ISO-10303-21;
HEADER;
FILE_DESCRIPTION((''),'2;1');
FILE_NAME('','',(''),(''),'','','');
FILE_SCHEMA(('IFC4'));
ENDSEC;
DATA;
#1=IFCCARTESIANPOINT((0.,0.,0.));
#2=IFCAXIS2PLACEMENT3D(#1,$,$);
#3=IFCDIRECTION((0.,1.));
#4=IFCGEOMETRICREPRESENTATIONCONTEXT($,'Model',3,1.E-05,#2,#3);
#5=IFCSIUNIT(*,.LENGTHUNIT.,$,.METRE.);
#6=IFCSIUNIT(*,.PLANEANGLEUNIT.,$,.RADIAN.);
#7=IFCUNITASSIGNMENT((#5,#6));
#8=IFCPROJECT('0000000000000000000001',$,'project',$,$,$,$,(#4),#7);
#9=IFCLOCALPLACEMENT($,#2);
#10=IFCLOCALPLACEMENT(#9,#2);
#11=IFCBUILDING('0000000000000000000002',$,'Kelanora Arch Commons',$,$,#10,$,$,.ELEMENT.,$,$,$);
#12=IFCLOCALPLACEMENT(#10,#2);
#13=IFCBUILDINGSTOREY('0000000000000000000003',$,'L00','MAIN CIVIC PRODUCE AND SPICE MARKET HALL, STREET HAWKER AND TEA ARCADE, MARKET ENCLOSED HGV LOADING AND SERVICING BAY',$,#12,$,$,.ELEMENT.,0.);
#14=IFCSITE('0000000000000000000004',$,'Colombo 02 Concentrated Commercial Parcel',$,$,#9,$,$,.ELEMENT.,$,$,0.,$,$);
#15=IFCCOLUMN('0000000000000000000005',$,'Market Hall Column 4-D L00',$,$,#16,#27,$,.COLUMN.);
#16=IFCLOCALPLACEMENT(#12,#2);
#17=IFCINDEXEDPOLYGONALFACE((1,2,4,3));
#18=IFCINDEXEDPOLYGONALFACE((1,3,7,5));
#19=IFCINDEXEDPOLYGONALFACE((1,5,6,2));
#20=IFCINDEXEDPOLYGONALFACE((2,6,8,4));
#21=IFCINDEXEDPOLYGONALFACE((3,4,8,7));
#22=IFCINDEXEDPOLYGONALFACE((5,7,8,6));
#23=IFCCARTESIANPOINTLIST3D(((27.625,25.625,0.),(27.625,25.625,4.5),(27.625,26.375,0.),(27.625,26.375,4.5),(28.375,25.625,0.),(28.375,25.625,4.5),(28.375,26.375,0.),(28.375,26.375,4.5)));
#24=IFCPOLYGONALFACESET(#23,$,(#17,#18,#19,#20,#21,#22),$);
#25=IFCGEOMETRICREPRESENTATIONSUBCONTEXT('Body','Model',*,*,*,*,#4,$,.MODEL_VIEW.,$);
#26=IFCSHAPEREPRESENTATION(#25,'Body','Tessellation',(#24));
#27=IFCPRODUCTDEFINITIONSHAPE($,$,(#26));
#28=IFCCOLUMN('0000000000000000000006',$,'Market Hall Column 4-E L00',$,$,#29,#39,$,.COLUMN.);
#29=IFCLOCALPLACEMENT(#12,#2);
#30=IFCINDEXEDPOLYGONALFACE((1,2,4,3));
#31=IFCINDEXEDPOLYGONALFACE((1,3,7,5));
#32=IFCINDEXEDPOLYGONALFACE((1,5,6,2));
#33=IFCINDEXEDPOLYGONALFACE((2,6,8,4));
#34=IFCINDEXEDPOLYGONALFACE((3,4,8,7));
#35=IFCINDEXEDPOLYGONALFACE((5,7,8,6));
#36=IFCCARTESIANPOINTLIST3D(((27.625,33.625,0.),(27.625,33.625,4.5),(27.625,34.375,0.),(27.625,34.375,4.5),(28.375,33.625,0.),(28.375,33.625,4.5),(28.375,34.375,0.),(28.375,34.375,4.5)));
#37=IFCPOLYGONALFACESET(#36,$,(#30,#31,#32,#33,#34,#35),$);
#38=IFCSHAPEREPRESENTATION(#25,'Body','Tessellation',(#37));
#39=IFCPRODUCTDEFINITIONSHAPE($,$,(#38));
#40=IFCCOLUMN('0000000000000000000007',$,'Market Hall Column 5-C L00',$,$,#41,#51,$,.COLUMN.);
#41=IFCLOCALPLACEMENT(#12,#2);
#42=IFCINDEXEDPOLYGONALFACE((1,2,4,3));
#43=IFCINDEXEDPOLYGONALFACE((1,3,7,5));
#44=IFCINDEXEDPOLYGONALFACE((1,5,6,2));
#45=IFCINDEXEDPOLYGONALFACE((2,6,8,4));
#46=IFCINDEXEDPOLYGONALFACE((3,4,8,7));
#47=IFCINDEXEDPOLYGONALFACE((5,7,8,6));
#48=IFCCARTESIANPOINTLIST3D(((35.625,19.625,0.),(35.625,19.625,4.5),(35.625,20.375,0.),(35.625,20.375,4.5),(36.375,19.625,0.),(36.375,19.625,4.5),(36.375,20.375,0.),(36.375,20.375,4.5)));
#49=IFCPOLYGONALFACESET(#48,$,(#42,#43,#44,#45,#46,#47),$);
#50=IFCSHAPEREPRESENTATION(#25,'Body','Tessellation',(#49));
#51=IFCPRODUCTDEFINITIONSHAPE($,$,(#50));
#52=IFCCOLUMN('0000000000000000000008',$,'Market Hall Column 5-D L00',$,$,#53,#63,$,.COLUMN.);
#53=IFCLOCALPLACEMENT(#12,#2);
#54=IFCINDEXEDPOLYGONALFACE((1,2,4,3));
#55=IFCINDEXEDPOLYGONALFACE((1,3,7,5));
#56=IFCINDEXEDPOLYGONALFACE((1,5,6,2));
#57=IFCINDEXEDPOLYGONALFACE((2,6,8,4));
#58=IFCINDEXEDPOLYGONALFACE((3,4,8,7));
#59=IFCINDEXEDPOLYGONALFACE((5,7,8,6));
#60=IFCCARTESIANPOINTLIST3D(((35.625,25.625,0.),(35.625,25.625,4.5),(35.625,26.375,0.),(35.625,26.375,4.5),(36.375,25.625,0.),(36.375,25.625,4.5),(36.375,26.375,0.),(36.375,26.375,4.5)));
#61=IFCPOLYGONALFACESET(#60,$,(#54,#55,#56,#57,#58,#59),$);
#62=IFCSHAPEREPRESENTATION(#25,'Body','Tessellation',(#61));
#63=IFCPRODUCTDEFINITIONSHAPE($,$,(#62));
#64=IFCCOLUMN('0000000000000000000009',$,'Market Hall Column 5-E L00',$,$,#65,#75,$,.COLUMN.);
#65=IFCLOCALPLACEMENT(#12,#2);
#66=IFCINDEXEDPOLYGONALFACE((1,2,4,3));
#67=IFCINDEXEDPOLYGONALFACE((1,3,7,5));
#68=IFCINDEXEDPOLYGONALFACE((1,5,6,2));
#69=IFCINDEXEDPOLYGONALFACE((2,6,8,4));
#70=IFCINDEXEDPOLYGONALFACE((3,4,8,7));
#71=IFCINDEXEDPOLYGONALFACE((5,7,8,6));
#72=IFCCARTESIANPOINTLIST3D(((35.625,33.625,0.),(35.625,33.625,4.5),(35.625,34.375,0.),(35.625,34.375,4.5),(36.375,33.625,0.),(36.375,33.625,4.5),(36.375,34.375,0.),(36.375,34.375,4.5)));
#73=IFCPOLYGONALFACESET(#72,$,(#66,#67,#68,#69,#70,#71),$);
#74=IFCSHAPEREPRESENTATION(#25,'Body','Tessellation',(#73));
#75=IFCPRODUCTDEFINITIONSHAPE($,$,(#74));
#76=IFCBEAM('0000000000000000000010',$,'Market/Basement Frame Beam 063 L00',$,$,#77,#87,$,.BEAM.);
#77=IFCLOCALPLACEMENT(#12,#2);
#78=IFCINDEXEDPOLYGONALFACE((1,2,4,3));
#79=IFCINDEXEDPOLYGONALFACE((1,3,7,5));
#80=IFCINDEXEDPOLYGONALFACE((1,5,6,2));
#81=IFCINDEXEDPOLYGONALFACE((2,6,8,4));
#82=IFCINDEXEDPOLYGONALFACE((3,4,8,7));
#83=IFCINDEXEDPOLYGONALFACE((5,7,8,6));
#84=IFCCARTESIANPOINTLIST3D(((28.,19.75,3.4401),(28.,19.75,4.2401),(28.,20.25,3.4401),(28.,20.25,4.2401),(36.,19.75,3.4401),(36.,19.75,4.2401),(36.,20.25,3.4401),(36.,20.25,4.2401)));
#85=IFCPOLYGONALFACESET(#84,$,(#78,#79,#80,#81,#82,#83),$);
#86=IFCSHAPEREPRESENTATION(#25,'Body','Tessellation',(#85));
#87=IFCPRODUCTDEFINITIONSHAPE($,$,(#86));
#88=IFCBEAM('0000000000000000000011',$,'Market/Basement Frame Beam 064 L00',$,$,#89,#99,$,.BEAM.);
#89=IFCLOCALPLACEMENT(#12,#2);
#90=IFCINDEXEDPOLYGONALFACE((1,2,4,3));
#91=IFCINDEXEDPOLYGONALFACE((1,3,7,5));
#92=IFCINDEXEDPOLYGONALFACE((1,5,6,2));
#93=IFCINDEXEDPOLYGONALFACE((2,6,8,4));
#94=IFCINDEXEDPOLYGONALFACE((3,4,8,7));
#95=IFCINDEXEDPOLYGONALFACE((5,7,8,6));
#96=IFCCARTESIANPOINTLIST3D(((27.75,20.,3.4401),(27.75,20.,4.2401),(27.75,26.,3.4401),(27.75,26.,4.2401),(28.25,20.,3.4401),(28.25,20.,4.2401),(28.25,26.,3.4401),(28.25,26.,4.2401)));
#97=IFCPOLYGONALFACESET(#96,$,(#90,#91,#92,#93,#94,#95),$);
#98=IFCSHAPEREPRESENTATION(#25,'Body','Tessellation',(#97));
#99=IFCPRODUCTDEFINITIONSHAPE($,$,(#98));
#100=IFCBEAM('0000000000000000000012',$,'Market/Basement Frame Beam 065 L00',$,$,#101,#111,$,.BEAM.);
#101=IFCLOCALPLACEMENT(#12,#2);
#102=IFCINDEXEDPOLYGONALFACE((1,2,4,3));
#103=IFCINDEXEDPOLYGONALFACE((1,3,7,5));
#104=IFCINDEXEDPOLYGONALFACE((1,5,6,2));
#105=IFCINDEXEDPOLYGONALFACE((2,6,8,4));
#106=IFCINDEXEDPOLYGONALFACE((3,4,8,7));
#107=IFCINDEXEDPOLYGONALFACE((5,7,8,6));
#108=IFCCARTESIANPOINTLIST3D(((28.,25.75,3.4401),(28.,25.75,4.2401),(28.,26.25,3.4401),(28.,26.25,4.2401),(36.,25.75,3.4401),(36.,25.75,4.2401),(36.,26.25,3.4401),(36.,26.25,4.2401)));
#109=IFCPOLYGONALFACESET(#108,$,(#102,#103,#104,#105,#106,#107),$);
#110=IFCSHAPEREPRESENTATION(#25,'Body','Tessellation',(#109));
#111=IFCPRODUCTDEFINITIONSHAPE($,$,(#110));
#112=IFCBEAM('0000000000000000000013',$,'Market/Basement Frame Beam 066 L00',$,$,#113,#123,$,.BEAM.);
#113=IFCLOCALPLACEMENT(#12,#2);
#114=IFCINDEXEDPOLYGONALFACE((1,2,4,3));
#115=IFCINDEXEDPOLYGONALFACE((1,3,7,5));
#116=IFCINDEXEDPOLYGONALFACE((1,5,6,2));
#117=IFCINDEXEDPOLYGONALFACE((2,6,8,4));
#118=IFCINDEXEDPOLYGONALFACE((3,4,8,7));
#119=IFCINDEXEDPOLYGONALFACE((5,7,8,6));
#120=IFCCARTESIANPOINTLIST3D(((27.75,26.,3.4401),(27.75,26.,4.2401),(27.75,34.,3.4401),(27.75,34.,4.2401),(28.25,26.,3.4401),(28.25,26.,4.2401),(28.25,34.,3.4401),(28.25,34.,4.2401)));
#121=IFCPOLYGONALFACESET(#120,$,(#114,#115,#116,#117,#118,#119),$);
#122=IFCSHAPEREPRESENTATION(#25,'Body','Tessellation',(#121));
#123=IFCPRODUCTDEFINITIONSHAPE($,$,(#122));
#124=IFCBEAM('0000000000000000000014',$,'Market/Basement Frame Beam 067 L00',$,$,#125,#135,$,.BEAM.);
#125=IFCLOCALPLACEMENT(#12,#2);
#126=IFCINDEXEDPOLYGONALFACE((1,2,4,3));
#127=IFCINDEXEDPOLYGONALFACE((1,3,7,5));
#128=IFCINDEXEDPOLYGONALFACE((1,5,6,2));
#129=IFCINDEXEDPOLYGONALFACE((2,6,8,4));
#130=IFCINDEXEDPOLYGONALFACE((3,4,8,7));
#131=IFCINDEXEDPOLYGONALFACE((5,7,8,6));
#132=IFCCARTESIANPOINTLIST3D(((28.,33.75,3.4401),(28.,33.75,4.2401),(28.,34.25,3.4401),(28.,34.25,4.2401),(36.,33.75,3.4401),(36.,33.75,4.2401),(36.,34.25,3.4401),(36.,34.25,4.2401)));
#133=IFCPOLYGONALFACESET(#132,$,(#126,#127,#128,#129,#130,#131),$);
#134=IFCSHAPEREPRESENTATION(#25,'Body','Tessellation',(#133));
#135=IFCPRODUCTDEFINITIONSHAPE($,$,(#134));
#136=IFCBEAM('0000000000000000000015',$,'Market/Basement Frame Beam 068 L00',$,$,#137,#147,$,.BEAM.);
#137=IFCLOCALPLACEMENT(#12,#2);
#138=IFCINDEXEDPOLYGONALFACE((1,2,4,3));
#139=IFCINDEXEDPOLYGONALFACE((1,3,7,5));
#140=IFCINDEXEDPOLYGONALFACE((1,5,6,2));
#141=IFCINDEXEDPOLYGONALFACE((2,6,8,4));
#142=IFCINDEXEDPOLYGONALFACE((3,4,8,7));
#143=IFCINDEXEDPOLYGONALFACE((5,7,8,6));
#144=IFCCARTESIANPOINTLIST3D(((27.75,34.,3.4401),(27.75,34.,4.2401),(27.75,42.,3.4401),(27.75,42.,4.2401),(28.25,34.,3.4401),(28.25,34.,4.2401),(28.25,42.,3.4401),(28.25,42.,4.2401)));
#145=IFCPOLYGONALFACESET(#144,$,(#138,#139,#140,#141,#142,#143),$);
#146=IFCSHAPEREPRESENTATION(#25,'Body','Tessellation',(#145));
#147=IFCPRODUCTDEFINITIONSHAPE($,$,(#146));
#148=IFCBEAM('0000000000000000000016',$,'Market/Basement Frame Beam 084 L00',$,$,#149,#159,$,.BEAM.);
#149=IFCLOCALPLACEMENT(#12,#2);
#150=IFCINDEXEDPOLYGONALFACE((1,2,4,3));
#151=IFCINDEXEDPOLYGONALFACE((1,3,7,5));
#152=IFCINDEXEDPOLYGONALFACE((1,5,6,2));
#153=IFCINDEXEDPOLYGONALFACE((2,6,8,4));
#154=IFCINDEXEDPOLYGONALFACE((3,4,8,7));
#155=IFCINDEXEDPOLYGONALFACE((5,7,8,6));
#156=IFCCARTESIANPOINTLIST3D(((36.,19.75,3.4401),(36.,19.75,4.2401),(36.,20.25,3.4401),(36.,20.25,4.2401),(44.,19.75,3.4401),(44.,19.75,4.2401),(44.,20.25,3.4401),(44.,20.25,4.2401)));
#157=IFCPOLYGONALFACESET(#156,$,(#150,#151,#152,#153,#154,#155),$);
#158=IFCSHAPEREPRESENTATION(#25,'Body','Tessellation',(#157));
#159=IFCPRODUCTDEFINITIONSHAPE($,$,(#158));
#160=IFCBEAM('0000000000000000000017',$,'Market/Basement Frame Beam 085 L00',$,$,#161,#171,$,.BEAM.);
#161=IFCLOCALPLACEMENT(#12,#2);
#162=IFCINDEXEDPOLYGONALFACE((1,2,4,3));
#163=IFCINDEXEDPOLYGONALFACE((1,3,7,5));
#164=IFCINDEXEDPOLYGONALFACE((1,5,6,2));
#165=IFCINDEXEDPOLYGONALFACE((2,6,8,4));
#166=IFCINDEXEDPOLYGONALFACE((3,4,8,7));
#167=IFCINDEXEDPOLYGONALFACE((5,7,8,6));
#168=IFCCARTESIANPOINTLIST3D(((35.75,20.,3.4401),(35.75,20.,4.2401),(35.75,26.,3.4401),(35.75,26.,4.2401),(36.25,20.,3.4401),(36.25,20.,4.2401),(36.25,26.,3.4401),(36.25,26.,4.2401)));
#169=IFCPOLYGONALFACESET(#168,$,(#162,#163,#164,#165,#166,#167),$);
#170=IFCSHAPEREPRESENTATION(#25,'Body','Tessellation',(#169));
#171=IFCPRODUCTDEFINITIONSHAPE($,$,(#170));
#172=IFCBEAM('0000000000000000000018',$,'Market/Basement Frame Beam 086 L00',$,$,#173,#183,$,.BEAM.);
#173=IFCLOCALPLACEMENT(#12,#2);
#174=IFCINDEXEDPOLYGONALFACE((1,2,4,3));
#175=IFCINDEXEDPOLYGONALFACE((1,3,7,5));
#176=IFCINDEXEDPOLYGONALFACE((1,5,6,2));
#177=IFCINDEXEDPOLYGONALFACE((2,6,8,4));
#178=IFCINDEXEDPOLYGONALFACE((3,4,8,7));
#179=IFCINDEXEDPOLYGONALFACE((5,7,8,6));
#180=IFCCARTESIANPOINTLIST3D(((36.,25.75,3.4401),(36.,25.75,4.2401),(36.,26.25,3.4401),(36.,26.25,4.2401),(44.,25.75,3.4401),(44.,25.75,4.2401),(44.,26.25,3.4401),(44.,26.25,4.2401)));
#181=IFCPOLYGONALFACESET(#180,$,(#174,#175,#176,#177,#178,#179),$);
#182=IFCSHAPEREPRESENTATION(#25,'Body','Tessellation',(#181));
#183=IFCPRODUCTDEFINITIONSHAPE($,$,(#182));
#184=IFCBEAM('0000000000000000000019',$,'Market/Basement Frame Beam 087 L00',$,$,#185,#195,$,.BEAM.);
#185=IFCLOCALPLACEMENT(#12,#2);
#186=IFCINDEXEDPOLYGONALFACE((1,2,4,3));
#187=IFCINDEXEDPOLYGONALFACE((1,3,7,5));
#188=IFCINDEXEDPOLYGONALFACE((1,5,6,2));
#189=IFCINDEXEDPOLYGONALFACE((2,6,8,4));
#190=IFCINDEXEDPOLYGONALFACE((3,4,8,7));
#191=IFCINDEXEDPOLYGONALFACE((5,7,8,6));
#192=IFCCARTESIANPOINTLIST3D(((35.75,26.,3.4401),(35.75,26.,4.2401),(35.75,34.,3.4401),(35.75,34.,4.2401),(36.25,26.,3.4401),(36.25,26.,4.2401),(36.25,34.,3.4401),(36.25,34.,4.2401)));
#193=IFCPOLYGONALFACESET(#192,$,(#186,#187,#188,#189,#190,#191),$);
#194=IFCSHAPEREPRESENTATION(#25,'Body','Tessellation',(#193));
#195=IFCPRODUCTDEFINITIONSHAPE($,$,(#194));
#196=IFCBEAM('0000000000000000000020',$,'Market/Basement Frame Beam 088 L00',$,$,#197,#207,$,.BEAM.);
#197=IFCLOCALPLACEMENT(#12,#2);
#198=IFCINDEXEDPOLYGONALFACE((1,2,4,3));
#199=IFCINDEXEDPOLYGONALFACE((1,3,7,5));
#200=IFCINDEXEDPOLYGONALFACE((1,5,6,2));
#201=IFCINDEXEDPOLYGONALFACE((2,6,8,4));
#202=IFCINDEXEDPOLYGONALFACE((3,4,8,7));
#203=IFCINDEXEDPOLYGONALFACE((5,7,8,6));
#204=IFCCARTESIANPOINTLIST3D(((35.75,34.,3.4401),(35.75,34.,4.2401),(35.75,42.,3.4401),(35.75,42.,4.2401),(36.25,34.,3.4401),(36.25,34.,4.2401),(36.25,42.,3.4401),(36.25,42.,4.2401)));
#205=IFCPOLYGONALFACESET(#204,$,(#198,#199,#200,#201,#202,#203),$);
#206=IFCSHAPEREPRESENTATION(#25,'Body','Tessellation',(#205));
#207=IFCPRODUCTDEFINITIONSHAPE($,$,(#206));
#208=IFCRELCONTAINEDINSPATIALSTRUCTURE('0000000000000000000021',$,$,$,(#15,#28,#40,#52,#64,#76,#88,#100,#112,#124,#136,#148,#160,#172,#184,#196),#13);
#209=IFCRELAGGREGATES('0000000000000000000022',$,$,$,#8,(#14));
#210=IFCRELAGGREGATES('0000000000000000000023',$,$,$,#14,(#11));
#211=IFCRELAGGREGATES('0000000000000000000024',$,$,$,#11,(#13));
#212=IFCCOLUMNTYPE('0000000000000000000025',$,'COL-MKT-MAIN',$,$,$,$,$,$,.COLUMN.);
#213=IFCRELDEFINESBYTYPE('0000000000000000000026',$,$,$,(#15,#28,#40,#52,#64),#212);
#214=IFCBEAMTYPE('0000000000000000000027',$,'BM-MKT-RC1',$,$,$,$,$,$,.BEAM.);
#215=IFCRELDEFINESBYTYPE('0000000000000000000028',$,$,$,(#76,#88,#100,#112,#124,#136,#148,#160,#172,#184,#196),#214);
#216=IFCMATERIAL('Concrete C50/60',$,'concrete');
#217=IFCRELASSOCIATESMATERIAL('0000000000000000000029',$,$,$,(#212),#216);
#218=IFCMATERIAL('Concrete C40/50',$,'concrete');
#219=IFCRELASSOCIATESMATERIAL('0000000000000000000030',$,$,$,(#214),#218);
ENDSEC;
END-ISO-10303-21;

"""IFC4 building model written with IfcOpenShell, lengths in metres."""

from ifc_helpers import new_model, si_unit, direction, frame, origin, origin_2d, place, context, subcontext, project, spatial, rectangle, extrude, material, material_profile, profile_set, type_object, element, save


model = new_model("IFC4")

# Units and contexts
model_context = context("Model", 3, precision=1e-05, world=origin(), true_north=direction((0.0, 1.0)))
body_context = subcontext(model_context, "Body", "Model", "MODEL_VIEW")
ifc_project = project(units=[si_unit("LENGTHUNIT", "METRE"), si_unit("PLANEANGLEUNIT", "RADIAN")], contexts=[model_context])

# Site, building, storey
site_placement = place(None, origin())
site = spatial("IfcSite", under=ifc_project, at=site_placement, Name="Colombo 02 Concentrated Commercial Parcel", CompositionType="ELEMENT", RefElevation=0.0)
building_placement = place(site_placement, origin())
building = spatial("IfcBuilding", under=site, at=building_placement, Name="Kelanora Arch Commons", CompositionType="ELEMENT")
storey_placement = place(building_placement, origin())
storey = spatial("IfcBuildingStorey", under=building, at=storey_placement, Name="L00", Description="MAIN CIVIC PRODUCE AND SPICE MARKET HALL, STREET HAWKER AND TEA ARCADE, MARKET ENCLOSED HGV LOADING AND SERVICING BAY", CompositionType="ELEMENT", Elevation=0.0)

# Columns
ifc_material_1 = material(Name="Concrete C50/60", Category="concrete")
ifc_material_profile_1 = material_profile(ifc_material_1, rectangle(XDim=0.75, YDim=0.75, at=origin_2d()), Name="RC750x750")
ifc_profile_set_1 = profile_set([ifc_material_profile_1], Name="Concrete C50/60")
column_type = type_object("IfcColumnType", Name="COL-MKT-MAIN", PredefinedType="COLUMN", material=ifc_profile_set_1)
for number, where, z_axis, x_axis, name in (
    (1, (28.0, 26.0, 0.0), (0.0, 0.0, 1.0), (1.0, 0.0, 0.0), "Market Hall Column 4-D L00"),
    (2, (28.0, 34.0, 0.0), (0.0, 0.0, 1.0), (1.0, 0.0, 0.0), "Market Hall Column 4-E L00"),
    (3, (36.0, 20.0, 0.0), (0.0, 0.0, 1.0), (1.0, 0.0, 0.0), "Market Hall Column 5-C L00"),
    (4, (36.0, 26.0, 0.0), (0.0, 0.0, 1.0), (1.0, 0.0, 0.0), "Market Hall Column 5-D L00"),
    (5, (36.0, 34.0, 0.0), (0.0, 0.0, 1.0), (1.0, 0.0, 0.0), "Market Hall Column 5-E L00"),
):
    element("IfcColumn", number, at=place(storey_placement, frame(where, z_axis=z_axis, x_axis=x_axis)), inside=storey, type_object=column_type, Name=name, PredefinedType="COLUMN", context=body_context, shape_type="SweptSolid", body=[
        extrude(rectangle(XDim=0.75, YDim=0.75, at=origin_2d()), origin(), (0.0, 0.0, 1.0), 4.5),
    ])

# Beams
ifc_material_2 = material(Name="Concrete C40/50", Category="concrete")
ifc_material_profile_2 = material_profile(ifc_material_2, rectangle(XDim=0.5, YDim=0.8, at=origin_2d()), Name="RCB500x800")
ifc_profile_set_2 = profile_set([ifc_material_profile_2], Name="Concrete C40/50")
beam_type = type_object("IfcBeamType", Name="BM-MKT-RC1", PredefinedType="BEAM", material=ifc_profile_set_2)
beam_1_placement = place(storey_placement, frame((28.0, 20.0, 3.8401), z_axis=(1.0, 0.0, 0.0), x_axis=(0.0, 1.0, 0.0)))
element("IfcBeam", 6, at=beam_1_placement, inside=storey, type_object=beam_type, Name="Market/Basement Frame Beam 063 L00", PredefinedType="BEAM", context=body_context, shape_type="SweptSolid", body=[
    extrude(rectangle(XDim=0.5, YDim=0.8, at=origin_2d()), origin(), (0.0, 0.0, 1.0), 8.0),
])
beam_2_placement = place(storey_placement, frame((28.0, 20.0, 3.8401), z_axis=(0.0, 1.0, 0.0), x_axis=(-1.0, 0.0, 0.0)))
element("IfcBeam", 7, at=beam_2_placement, inside=storey, type_object=beam_type, Name="Market/Basement Frame Beam 064 L00", PredefinedType="BEAM", context=body_context, shape_type="SweptSolid", body=[
    extrude(rectangle(XDim=0.5, YDim=0.8, at=origin_2d()), origin(), (0.0, 0.0, 1.0), 6.0),
])
for number, where, z_axis, x_axis, name in (
    (8, (28.0, 26.0, 3.8401), (1.0, 0.0, 0.0), (0.0, 1.0, 0.0), "Market/Basement Frame Beam 065 L00"),
    (9, (28.0, 26.0, 3.8401), (0.0, 1.0, 0.0), (-1.0, 0.0, 0.0), "Market/Basement Frame Beam 066 L00"),
    (10, (28.0, 34.0, 3.8401), (1.0, 0.0, 0.0), (0.0, 1.0, 0.0), "Market/Basement Frame Beam 067 L00"),
    (11, (28.0, 34.0, 3.8401), (0.0, 1.0, 0.0), (-1.0, 0.0, 0.0), "Market/Basement Frame Beam 068 L00"),
    (12, (36.0, 20.0, 3.8401), (1.0, 0.0, 0.0), (0.0, 1.0, 0.0), "Market/Basement Frame Beam 084 L00"),
):
    element("IfcBeam", number, at=place(storey_placement, frame(where, z_axis=z_axis, x_axis=x_axis)), inside=storey, type_object=beam_type, Name=name, PredefinedType="BEAM", context=body_context, shape_type="SweptSolid", body=[
        extrude(rectangle(XDim=0.5, YDim=0.8, at=origin_2d()), origin(), (0.0, 0.0, 1.0), 8.0),
    ])
beam_3_placement = place(storey_placement, frame((36.0, 20.0, 3.8401), z_axis=(0.0, 1.0, 0.0), x_axis=(-1.0, 0.0, 0.0)))
element("IfcBeam", 13, at=beam_3_placement, inside=storey, type_object=beam_type, Name="Market/Basement Frame Beam 085 L00", PredefinedType="BEAM", context=body_context, shape_type="SweptSolid", body=[
    extrude(rectangle(XDim=0.5, YDim=0.8, at=origin_2d()), origin(), (0.0, 0.0, 1.0), 6.0),
])
for number, where, z_axis, x_axis, name in (
    (14, (36.0, 26.0, 3.8401), (1.0, 0.0, 0.0), (0.0, 1.0, 0.0), "Market/Basement Frame Beam 086 L00"),
    (15, (36.0, 26.0, 3.8401), (0.0, 1.0, 0.0), (-1.0, 0.0, 0.0), "Market/Basement Frame Beam 087 L00"),
    (16, (36.0, 34.0, 3.8401), (0.0, 1.0, 0.0), (-1.0, 0.0, 0.0), "Market/Basement Frame Beam 088 L00"),
):
    element("IfcBeam", number, at=place(storey_placement, frame(where, z_axis=z_axis, x_axis=x_axis)), inside=storey, type_object=beam_type, Name=name, PredefinedType="BEAM", context=body_context, shape_type="SweptSolid", body=[
        extrude(rectangle(XDim=0.5, YDim=0.8, at=origin_2d()), origin(), (0.0, 0.0, 1.0), 8.0),
    ])

save(model, "model.ifc")
